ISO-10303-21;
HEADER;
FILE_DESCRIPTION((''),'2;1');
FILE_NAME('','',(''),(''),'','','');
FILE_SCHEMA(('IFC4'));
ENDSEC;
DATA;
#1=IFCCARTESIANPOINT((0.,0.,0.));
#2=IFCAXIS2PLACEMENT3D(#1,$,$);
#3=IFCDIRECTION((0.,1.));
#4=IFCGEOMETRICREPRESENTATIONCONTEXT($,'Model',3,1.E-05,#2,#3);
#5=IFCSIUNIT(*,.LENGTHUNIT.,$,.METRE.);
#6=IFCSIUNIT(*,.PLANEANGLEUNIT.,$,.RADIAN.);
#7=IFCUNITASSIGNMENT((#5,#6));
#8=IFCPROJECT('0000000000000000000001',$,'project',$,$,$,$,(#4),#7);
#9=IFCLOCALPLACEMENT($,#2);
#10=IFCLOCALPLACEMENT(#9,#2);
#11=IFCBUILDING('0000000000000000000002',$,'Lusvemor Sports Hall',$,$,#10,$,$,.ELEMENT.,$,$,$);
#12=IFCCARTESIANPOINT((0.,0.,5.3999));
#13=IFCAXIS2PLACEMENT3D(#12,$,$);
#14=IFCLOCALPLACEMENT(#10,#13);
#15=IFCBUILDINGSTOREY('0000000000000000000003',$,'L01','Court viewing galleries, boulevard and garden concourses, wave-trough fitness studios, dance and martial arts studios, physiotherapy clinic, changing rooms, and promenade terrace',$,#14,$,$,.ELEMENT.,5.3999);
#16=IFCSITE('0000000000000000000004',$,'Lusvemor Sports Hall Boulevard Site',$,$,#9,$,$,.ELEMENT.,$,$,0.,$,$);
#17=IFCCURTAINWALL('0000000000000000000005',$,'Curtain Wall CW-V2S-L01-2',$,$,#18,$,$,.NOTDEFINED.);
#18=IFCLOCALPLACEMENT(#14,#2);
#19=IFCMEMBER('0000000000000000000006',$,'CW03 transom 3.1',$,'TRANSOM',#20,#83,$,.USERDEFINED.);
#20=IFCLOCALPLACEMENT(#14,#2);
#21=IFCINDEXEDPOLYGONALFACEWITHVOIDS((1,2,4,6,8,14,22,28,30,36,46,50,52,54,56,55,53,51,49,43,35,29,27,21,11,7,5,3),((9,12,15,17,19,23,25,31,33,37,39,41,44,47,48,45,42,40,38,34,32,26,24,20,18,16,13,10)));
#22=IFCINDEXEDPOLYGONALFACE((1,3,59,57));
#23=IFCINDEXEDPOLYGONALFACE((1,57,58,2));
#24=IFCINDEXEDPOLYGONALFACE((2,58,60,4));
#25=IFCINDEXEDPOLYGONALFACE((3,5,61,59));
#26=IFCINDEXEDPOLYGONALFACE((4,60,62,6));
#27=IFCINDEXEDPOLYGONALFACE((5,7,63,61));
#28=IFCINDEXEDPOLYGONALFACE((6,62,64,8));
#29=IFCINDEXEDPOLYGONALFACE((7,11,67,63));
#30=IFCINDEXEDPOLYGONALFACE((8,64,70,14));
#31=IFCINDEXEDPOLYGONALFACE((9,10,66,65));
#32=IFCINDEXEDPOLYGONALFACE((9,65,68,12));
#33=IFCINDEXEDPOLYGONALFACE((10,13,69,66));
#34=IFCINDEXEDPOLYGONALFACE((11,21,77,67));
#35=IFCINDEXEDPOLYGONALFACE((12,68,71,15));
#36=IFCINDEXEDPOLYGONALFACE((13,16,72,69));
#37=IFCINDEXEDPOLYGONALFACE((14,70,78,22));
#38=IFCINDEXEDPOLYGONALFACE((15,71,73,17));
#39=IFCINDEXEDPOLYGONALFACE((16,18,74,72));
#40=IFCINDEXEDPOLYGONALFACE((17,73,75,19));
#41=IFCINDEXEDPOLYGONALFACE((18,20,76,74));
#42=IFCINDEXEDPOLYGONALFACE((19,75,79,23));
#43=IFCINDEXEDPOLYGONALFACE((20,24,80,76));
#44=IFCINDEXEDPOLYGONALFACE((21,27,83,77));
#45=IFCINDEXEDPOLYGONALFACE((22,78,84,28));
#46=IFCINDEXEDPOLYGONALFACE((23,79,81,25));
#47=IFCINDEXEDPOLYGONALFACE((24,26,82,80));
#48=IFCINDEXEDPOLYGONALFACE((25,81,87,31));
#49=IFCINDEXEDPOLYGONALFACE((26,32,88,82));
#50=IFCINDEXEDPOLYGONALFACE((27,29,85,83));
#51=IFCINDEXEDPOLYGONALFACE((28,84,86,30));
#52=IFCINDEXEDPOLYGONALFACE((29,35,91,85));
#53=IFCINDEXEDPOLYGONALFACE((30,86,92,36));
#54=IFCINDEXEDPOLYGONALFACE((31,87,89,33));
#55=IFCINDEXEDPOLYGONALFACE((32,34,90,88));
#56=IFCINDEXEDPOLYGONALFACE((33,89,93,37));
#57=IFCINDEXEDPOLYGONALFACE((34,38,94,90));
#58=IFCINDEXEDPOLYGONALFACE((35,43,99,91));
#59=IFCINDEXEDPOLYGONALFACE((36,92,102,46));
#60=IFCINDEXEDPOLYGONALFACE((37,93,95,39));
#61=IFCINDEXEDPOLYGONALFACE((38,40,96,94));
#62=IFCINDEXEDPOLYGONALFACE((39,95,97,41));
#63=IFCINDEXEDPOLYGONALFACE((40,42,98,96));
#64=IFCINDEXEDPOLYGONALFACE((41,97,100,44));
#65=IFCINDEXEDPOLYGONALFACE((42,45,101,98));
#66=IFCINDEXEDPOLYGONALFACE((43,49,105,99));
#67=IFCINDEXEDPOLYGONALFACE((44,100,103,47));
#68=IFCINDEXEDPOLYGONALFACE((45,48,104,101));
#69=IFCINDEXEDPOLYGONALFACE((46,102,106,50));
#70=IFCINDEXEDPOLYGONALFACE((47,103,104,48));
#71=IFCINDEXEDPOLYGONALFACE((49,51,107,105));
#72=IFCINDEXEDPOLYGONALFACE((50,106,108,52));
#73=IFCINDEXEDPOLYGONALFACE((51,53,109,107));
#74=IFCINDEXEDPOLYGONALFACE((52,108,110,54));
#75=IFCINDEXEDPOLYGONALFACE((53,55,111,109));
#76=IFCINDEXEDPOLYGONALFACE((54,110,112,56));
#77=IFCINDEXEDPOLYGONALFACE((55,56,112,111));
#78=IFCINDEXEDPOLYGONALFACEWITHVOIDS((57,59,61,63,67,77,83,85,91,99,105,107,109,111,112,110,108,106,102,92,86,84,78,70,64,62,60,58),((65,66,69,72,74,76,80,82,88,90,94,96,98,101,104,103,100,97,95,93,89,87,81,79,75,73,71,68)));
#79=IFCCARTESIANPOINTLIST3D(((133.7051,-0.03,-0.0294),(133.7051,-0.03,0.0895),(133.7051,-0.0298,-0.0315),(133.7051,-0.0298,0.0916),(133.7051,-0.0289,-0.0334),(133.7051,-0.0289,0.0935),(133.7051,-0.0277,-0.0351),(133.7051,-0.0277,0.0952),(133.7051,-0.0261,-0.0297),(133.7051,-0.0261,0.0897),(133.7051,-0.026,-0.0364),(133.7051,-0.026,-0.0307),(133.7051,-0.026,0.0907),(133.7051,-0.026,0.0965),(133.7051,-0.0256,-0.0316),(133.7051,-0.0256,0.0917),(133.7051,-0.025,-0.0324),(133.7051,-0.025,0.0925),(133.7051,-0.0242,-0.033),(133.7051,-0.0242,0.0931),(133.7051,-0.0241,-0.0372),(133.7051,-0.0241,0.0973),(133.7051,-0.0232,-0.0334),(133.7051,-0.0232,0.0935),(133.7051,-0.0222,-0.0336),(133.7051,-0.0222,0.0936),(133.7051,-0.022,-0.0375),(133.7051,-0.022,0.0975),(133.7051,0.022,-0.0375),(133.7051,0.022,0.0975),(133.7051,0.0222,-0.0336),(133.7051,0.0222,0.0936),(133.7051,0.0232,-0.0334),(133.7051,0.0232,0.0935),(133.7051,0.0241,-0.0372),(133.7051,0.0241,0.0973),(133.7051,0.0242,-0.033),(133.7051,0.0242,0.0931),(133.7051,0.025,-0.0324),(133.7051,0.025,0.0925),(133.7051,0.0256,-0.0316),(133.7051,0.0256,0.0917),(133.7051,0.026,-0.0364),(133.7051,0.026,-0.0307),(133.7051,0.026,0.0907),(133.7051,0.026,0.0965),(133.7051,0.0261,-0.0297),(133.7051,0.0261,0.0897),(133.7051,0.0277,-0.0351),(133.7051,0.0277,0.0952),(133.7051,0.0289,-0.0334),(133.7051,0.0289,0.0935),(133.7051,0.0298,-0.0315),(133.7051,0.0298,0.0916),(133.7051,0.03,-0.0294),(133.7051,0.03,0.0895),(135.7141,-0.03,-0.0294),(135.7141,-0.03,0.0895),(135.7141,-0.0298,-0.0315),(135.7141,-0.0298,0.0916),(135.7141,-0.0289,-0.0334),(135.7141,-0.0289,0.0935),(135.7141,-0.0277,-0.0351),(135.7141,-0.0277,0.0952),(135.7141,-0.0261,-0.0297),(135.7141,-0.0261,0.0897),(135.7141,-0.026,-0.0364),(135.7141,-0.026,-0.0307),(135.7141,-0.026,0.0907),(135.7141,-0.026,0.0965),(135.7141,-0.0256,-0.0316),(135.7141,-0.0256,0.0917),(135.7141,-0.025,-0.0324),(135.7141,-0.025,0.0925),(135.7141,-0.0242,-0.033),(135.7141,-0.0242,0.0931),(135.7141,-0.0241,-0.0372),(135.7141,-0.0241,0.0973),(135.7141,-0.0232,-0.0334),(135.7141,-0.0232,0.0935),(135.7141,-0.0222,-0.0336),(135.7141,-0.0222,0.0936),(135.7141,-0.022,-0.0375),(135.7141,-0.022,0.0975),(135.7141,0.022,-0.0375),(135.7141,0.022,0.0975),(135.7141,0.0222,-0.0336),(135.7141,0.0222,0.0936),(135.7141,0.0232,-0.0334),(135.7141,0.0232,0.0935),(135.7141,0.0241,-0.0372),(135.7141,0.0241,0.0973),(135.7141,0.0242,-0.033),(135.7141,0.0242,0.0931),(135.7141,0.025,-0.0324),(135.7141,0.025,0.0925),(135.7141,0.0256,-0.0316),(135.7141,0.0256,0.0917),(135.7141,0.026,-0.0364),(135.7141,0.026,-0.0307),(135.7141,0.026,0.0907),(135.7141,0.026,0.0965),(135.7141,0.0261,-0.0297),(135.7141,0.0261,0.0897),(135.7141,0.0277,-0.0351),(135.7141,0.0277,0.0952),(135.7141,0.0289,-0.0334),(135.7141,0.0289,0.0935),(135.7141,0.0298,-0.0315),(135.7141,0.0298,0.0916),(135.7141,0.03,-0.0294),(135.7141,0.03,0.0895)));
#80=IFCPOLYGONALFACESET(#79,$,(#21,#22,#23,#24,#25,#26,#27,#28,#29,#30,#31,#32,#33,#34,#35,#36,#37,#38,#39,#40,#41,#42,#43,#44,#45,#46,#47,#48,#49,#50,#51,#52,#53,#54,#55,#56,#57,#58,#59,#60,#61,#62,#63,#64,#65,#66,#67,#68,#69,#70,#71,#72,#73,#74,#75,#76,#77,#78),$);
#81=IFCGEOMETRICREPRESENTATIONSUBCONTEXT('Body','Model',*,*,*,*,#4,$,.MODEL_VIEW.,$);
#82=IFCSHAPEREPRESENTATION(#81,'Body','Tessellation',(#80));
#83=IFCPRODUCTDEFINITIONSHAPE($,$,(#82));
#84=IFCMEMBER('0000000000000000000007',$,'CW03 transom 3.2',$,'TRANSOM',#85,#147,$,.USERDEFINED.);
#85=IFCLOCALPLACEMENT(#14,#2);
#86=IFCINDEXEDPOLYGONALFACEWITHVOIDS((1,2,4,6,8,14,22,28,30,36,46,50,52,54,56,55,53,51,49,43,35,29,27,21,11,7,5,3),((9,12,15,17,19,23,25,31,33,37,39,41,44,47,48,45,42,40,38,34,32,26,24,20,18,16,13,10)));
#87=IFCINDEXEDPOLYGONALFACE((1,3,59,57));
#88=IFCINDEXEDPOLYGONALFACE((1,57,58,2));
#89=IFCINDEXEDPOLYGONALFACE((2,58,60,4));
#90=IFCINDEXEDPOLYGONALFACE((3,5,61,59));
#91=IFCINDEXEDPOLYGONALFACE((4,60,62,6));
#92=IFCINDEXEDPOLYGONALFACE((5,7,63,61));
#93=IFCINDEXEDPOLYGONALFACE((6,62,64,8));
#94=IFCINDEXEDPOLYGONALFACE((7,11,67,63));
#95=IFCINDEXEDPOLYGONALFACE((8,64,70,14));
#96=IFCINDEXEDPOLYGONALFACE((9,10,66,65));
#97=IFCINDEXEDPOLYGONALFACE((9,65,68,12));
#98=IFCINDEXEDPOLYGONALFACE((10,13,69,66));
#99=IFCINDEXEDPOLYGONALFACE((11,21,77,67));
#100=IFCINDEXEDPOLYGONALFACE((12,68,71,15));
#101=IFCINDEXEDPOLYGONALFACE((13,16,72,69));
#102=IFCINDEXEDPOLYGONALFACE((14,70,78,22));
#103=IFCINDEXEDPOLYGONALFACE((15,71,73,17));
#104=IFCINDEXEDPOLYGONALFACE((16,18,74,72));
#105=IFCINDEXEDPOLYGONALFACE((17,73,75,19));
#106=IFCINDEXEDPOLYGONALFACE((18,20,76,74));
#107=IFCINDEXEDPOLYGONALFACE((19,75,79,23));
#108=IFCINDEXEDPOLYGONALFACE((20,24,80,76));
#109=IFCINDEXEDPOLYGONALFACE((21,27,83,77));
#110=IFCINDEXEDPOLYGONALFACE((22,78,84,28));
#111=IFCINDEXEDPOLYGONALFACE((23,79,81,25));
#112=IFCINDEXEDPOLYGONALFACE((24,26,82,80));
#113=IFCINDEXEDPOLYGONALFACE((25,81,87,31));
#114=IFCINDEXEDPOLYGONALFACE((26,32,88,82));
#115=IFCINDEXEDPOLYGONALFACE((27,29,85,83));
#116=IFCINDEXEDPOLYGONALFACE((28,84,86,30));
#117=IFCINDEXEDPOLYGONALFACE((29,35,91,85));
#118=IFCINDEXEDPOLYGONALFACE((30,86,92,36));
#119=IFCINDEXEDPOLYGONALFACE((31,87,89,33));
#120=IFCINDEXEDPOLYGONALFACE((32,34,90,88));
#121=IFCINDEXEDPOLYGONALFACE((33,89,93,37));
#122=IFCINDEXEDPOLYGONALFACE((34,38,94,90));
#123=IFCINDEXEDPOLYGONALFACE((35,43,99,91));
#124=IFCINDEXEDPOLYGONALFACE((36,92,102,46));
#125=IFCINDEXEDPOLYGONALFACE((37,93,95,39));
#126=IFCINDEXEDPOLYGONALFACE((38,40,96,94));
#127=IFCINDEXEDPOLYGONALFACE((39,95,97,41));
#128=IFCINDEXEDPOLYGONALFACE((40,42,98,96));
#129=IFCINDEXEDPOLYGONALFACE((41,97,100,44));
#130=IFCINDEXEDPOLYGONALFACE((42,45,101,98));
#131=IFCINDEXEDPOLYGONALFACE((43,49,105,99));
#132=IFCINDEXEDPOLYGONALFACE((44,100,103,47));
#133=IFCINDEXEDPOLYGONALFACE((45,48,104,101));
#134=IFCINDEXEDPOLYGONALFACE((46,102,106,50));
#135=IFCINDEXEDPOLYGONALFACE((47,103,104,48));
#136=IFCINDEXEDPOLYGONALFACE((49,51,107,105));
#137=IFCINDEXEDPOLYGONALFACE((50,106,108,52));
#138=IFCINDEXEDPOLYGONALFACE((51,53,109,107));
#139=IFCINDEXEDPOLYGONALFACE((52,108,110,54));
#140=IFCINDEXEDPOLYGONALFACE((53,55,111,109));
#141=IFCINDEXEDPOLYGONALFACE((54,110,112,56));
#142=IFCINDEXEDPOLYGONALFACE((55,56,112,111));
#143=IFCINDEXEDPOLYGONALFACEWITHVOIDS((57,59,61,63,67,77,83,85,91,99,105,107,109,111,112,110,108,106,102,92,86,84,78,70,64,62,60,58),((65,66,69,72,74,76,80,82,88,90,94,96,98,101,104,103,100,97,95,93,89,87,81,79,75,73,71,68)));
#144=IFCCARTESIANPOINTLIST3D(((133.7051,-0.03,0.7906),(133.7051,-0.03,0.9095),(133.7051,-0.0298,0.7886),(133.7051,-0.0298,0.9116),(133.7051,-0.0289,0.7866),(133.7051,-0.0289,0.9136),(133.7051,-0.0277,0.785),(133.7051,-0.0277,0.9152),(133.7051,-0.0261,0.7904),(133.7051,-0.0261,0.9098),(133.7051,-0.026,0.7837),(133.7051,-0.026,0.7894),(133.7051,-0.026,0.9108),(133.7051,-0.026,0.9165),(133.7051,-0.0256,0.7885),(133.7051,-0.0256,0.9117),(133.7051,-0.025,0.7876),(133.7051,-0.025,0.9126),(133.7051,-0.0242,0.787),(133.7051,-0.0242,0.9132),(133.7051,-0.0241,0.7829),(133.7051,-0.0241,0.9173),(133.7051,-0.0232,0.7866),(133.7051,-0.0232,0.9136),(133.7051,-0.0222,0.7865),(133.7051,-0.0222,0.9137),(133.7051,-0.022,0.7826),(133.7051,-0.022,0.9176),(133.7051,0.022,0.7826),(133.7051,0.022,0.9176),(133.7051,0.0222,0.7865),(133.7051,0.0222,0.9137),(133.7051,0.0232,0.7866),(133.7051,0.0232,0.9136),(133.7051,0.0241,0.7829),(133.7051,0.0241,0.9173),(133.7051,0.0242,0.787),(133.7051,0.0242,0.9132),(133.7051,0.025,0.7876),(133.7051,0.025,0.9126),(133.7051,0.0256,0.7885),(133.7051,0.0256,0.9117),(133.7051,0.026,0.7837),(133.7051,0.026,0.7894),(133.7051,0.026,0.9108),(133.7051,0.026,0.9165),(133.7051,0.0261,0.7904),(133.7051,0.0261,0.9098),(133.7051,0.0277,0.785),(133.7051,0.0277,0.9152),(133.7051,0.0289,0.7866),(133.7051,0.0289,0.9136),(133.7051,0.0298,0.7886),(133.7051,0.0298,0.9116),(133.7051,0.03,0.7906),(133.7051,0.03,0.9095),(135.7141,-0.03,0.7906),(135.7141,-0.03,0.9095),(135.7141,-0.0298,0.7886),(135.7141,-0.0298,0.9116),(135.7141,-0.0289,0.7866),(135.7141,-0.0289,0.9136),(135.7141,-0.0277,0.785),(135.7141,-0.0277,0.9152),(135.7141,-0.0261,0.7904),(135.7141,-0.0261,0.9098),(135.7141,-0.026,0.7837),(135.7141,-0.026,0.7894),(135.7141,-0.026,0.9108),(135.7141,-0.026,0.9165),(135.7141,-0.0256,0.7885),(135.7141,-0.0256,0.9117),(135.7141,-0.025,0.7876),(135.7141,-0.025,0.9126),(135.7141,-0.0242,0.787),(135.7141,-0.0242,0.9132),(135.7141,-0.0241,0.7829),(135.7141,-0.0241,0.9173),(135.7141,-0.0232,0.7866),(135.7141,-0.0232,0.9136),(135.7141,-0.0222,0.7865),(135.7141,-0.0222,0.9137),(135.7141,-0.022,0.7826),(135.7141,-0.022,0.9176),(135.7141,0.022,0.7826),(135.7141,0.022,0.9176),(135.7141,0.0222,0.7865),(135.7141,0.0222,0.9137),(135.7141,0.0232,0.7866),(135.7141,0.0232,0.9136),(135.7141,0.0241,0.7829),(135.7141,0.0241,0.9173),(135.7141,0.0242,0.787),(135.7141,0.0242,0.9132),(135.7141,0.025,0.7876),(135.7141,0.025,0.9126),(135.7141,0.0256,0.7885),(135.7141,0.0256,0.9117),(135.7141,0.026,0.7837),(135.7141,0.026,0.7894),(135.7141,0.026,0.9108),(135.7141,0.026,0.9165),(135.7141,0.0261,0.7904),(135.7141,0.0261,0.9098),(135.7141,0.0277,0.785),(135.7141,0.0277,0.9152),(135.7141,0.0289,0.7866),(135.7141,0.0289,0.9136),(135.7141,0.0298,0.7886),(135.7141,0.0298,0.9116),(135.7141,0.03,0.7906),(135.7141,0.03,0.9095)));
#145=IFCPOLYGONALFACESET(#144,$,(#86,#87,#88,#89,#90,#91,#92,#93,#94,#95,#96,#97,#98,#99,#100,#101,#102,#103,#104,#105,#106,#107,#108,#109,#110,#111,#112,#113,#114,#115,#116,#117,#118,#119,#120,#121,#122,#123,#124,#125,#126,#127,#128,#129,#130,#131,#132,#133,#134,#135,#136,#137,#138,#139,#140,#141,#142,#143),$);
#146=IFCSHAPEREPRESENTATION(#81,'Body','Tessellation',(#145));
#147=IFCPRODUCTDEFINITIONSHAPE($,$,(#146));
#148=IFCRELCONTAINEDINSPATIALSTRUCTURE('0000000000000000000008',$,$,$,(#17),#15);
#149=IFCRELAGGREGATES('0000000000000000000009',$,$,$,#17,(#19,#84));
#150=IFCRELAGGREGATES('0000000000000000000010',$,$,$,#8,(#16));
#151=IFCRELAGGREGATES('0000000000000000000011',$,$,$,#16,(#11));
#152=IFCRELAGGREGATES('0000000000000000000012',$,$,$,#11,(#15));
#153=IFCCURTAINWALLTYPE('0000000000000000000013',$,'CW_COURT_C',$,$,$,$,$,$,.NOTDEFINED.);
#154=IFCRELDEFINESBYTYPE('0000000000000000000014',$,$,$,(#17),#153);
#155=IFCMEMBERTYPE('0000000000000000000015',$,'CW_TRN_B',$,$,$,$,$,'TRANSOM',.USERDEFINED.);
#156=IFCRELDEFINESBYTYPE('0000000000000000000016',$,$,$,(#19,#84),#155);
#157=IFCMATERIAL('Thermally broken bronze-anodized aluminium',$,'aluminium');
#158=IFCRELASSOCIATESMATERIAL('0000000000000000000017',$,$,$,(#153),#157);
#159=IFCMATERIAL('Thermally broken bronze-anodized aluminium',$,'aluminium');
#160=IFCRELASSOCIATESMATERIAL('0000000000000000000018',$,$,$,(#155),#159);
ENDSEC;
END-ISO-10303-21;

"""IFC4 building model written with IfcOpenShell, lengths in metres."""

from ifc_helpers import new_model, si_unit, direction, frame, origin, origin_2d, place, context, subcontext, project, spatial, hollow_rectangle, extrude, material, material_profile, profile_set, type_object, element, aggregate, save


model = new_model("IFC4")

# Units and contexts
model_context = context("Model", 3, precision=1e-05, world=origin(), true_north=direction((0.0, 1.0)))
body_context = subcontext(model_context, "Body", "Model", "MODEL_VIEW")
ifc_project = project(units=[si_unit("LENGTHUNIT", "METRE"), si_unit("PLANEANGLEUNIT", "RADIAN")], contexts=[model_context])

# Site, building, storey
site_placement = place(None, origin())
site = spatial("IfcSite", under=ifc_project, at=site_placement, Name="Lusvemor Sports Hall Boulevard Site", CompositionType="ELEMENT", RefElevation=0.0)
building_placement = place(site_placement, origin())
building = spatial("IfcBuilding", under=site, at=building_placement, Name="Lusvemor Sports Hall", CompositionType="ELEMENT")
storey_placement = place(building_placement, frame((0.0, 0.0, 5.3999)))
storey = spatial("IfcBuildingStorey", under=building, at=storey_placement, Name="L01", Description="Court viewing galleries, boulevard and garden concourses, wave-trough fitness studios, dance and martial arts studios, physiotherapy clinic, changing rooms, and promenade terrace", CompositionType="ELEMENT", Elevation=5.3999)

# Curtain wall, members
ifc_material_1 = material(Name="Thermally broken bronze-anodized aluminium", Category="aluminium")
curtain_wall_type = type_object("IfcCurtainWallType", Name="CW_COURT_C", PredefinedType="NOTDEFINED", material=ifc_material_1)
curtain_wall_placement = place(storey_placement, origin())
curtain_wall = element("IfcCurtainWall", 1, at=curtain_wall_placement, inside=storey, type_object=curtain_wall_type, Name="Curtain Wall CW-V2S-L01-2", PredefinedType="NOTDEFINED")
ifc_material_2 = material(Name="Thermally broken bronze-anodized aluminium", Category="aluminium")
ifc_material_profile_1 = material_profile(ifc_material_2, hollow_rectangle(XDim=0.0601, YDim=0.135, WallThickness=0.0039, InnerFilletRadius=0.0039, OuterFilletRadius=0.0081, at=origin_2d()), Name="CWTRN135x60x4")
ifc_profile_set_1 = profile_set([ifc_material_profile_1], Name="Thermally broken bronze-anodized aluminium")
member_type_1 = type_object("IfcMemberType", Name="CW_TRN_B", ElementType="TRANSOM", PredefinedType="USERDEFINED", material=ifc_profile_set_1)
member_1_placement = place(storey_placement, frame((135.7141, 0.0, 0.03), z_axis=(-1.0, 0.0, 0.0), x_axis=(0.0, -1.0, 0.0)))
member_1 = element("IfcMember", 2, at=member_1_placement, type_object=member_type_1, Name="CW03 transom 3.1", ObjectType="TRANSOM", PredefinedType="USERDEFINED", context=body_context, shape_type="SweptSolid", body=[
    extrude(hollow_rectangle(XDim=0.0601, YDim=0.135, WallThickness=0.0039, InnerFilletRadius=0.0039, OuterFilletRadius=0.0081, at=origin_2d()), origin(), (0.0, 0.0, 1.0), 2.009),
])
member_2_placement = place(storey_placement, frame((135.7141, 0.0, 0.8501), z_axis=(-1.0, 0.0, 0.0), x_axis=(0.0, -1.0, 0.0)))
member_2 = element("IfcMember", 3, at=member_2_placement, type_object=member_type_1, Name="CW03 transom 3.2", ObjectType="TRANSOM", PredefinedType="USERDEFINED", context=body_context, shape_type="SweptSolid", body=[
    extrude(hollow_rectangle(XDim=0.0601, YDim=0.135, WallThickness=0.0039, InnerFilletRadius=0.0039, OuterFilletRadius=0.0081, at=origin_2d()), origin(), (0.0, 0.0, 1.0), 2.009),
])

aggregate(curtain_wall, [member_1, member_2])

save(model, "model.ifc")
